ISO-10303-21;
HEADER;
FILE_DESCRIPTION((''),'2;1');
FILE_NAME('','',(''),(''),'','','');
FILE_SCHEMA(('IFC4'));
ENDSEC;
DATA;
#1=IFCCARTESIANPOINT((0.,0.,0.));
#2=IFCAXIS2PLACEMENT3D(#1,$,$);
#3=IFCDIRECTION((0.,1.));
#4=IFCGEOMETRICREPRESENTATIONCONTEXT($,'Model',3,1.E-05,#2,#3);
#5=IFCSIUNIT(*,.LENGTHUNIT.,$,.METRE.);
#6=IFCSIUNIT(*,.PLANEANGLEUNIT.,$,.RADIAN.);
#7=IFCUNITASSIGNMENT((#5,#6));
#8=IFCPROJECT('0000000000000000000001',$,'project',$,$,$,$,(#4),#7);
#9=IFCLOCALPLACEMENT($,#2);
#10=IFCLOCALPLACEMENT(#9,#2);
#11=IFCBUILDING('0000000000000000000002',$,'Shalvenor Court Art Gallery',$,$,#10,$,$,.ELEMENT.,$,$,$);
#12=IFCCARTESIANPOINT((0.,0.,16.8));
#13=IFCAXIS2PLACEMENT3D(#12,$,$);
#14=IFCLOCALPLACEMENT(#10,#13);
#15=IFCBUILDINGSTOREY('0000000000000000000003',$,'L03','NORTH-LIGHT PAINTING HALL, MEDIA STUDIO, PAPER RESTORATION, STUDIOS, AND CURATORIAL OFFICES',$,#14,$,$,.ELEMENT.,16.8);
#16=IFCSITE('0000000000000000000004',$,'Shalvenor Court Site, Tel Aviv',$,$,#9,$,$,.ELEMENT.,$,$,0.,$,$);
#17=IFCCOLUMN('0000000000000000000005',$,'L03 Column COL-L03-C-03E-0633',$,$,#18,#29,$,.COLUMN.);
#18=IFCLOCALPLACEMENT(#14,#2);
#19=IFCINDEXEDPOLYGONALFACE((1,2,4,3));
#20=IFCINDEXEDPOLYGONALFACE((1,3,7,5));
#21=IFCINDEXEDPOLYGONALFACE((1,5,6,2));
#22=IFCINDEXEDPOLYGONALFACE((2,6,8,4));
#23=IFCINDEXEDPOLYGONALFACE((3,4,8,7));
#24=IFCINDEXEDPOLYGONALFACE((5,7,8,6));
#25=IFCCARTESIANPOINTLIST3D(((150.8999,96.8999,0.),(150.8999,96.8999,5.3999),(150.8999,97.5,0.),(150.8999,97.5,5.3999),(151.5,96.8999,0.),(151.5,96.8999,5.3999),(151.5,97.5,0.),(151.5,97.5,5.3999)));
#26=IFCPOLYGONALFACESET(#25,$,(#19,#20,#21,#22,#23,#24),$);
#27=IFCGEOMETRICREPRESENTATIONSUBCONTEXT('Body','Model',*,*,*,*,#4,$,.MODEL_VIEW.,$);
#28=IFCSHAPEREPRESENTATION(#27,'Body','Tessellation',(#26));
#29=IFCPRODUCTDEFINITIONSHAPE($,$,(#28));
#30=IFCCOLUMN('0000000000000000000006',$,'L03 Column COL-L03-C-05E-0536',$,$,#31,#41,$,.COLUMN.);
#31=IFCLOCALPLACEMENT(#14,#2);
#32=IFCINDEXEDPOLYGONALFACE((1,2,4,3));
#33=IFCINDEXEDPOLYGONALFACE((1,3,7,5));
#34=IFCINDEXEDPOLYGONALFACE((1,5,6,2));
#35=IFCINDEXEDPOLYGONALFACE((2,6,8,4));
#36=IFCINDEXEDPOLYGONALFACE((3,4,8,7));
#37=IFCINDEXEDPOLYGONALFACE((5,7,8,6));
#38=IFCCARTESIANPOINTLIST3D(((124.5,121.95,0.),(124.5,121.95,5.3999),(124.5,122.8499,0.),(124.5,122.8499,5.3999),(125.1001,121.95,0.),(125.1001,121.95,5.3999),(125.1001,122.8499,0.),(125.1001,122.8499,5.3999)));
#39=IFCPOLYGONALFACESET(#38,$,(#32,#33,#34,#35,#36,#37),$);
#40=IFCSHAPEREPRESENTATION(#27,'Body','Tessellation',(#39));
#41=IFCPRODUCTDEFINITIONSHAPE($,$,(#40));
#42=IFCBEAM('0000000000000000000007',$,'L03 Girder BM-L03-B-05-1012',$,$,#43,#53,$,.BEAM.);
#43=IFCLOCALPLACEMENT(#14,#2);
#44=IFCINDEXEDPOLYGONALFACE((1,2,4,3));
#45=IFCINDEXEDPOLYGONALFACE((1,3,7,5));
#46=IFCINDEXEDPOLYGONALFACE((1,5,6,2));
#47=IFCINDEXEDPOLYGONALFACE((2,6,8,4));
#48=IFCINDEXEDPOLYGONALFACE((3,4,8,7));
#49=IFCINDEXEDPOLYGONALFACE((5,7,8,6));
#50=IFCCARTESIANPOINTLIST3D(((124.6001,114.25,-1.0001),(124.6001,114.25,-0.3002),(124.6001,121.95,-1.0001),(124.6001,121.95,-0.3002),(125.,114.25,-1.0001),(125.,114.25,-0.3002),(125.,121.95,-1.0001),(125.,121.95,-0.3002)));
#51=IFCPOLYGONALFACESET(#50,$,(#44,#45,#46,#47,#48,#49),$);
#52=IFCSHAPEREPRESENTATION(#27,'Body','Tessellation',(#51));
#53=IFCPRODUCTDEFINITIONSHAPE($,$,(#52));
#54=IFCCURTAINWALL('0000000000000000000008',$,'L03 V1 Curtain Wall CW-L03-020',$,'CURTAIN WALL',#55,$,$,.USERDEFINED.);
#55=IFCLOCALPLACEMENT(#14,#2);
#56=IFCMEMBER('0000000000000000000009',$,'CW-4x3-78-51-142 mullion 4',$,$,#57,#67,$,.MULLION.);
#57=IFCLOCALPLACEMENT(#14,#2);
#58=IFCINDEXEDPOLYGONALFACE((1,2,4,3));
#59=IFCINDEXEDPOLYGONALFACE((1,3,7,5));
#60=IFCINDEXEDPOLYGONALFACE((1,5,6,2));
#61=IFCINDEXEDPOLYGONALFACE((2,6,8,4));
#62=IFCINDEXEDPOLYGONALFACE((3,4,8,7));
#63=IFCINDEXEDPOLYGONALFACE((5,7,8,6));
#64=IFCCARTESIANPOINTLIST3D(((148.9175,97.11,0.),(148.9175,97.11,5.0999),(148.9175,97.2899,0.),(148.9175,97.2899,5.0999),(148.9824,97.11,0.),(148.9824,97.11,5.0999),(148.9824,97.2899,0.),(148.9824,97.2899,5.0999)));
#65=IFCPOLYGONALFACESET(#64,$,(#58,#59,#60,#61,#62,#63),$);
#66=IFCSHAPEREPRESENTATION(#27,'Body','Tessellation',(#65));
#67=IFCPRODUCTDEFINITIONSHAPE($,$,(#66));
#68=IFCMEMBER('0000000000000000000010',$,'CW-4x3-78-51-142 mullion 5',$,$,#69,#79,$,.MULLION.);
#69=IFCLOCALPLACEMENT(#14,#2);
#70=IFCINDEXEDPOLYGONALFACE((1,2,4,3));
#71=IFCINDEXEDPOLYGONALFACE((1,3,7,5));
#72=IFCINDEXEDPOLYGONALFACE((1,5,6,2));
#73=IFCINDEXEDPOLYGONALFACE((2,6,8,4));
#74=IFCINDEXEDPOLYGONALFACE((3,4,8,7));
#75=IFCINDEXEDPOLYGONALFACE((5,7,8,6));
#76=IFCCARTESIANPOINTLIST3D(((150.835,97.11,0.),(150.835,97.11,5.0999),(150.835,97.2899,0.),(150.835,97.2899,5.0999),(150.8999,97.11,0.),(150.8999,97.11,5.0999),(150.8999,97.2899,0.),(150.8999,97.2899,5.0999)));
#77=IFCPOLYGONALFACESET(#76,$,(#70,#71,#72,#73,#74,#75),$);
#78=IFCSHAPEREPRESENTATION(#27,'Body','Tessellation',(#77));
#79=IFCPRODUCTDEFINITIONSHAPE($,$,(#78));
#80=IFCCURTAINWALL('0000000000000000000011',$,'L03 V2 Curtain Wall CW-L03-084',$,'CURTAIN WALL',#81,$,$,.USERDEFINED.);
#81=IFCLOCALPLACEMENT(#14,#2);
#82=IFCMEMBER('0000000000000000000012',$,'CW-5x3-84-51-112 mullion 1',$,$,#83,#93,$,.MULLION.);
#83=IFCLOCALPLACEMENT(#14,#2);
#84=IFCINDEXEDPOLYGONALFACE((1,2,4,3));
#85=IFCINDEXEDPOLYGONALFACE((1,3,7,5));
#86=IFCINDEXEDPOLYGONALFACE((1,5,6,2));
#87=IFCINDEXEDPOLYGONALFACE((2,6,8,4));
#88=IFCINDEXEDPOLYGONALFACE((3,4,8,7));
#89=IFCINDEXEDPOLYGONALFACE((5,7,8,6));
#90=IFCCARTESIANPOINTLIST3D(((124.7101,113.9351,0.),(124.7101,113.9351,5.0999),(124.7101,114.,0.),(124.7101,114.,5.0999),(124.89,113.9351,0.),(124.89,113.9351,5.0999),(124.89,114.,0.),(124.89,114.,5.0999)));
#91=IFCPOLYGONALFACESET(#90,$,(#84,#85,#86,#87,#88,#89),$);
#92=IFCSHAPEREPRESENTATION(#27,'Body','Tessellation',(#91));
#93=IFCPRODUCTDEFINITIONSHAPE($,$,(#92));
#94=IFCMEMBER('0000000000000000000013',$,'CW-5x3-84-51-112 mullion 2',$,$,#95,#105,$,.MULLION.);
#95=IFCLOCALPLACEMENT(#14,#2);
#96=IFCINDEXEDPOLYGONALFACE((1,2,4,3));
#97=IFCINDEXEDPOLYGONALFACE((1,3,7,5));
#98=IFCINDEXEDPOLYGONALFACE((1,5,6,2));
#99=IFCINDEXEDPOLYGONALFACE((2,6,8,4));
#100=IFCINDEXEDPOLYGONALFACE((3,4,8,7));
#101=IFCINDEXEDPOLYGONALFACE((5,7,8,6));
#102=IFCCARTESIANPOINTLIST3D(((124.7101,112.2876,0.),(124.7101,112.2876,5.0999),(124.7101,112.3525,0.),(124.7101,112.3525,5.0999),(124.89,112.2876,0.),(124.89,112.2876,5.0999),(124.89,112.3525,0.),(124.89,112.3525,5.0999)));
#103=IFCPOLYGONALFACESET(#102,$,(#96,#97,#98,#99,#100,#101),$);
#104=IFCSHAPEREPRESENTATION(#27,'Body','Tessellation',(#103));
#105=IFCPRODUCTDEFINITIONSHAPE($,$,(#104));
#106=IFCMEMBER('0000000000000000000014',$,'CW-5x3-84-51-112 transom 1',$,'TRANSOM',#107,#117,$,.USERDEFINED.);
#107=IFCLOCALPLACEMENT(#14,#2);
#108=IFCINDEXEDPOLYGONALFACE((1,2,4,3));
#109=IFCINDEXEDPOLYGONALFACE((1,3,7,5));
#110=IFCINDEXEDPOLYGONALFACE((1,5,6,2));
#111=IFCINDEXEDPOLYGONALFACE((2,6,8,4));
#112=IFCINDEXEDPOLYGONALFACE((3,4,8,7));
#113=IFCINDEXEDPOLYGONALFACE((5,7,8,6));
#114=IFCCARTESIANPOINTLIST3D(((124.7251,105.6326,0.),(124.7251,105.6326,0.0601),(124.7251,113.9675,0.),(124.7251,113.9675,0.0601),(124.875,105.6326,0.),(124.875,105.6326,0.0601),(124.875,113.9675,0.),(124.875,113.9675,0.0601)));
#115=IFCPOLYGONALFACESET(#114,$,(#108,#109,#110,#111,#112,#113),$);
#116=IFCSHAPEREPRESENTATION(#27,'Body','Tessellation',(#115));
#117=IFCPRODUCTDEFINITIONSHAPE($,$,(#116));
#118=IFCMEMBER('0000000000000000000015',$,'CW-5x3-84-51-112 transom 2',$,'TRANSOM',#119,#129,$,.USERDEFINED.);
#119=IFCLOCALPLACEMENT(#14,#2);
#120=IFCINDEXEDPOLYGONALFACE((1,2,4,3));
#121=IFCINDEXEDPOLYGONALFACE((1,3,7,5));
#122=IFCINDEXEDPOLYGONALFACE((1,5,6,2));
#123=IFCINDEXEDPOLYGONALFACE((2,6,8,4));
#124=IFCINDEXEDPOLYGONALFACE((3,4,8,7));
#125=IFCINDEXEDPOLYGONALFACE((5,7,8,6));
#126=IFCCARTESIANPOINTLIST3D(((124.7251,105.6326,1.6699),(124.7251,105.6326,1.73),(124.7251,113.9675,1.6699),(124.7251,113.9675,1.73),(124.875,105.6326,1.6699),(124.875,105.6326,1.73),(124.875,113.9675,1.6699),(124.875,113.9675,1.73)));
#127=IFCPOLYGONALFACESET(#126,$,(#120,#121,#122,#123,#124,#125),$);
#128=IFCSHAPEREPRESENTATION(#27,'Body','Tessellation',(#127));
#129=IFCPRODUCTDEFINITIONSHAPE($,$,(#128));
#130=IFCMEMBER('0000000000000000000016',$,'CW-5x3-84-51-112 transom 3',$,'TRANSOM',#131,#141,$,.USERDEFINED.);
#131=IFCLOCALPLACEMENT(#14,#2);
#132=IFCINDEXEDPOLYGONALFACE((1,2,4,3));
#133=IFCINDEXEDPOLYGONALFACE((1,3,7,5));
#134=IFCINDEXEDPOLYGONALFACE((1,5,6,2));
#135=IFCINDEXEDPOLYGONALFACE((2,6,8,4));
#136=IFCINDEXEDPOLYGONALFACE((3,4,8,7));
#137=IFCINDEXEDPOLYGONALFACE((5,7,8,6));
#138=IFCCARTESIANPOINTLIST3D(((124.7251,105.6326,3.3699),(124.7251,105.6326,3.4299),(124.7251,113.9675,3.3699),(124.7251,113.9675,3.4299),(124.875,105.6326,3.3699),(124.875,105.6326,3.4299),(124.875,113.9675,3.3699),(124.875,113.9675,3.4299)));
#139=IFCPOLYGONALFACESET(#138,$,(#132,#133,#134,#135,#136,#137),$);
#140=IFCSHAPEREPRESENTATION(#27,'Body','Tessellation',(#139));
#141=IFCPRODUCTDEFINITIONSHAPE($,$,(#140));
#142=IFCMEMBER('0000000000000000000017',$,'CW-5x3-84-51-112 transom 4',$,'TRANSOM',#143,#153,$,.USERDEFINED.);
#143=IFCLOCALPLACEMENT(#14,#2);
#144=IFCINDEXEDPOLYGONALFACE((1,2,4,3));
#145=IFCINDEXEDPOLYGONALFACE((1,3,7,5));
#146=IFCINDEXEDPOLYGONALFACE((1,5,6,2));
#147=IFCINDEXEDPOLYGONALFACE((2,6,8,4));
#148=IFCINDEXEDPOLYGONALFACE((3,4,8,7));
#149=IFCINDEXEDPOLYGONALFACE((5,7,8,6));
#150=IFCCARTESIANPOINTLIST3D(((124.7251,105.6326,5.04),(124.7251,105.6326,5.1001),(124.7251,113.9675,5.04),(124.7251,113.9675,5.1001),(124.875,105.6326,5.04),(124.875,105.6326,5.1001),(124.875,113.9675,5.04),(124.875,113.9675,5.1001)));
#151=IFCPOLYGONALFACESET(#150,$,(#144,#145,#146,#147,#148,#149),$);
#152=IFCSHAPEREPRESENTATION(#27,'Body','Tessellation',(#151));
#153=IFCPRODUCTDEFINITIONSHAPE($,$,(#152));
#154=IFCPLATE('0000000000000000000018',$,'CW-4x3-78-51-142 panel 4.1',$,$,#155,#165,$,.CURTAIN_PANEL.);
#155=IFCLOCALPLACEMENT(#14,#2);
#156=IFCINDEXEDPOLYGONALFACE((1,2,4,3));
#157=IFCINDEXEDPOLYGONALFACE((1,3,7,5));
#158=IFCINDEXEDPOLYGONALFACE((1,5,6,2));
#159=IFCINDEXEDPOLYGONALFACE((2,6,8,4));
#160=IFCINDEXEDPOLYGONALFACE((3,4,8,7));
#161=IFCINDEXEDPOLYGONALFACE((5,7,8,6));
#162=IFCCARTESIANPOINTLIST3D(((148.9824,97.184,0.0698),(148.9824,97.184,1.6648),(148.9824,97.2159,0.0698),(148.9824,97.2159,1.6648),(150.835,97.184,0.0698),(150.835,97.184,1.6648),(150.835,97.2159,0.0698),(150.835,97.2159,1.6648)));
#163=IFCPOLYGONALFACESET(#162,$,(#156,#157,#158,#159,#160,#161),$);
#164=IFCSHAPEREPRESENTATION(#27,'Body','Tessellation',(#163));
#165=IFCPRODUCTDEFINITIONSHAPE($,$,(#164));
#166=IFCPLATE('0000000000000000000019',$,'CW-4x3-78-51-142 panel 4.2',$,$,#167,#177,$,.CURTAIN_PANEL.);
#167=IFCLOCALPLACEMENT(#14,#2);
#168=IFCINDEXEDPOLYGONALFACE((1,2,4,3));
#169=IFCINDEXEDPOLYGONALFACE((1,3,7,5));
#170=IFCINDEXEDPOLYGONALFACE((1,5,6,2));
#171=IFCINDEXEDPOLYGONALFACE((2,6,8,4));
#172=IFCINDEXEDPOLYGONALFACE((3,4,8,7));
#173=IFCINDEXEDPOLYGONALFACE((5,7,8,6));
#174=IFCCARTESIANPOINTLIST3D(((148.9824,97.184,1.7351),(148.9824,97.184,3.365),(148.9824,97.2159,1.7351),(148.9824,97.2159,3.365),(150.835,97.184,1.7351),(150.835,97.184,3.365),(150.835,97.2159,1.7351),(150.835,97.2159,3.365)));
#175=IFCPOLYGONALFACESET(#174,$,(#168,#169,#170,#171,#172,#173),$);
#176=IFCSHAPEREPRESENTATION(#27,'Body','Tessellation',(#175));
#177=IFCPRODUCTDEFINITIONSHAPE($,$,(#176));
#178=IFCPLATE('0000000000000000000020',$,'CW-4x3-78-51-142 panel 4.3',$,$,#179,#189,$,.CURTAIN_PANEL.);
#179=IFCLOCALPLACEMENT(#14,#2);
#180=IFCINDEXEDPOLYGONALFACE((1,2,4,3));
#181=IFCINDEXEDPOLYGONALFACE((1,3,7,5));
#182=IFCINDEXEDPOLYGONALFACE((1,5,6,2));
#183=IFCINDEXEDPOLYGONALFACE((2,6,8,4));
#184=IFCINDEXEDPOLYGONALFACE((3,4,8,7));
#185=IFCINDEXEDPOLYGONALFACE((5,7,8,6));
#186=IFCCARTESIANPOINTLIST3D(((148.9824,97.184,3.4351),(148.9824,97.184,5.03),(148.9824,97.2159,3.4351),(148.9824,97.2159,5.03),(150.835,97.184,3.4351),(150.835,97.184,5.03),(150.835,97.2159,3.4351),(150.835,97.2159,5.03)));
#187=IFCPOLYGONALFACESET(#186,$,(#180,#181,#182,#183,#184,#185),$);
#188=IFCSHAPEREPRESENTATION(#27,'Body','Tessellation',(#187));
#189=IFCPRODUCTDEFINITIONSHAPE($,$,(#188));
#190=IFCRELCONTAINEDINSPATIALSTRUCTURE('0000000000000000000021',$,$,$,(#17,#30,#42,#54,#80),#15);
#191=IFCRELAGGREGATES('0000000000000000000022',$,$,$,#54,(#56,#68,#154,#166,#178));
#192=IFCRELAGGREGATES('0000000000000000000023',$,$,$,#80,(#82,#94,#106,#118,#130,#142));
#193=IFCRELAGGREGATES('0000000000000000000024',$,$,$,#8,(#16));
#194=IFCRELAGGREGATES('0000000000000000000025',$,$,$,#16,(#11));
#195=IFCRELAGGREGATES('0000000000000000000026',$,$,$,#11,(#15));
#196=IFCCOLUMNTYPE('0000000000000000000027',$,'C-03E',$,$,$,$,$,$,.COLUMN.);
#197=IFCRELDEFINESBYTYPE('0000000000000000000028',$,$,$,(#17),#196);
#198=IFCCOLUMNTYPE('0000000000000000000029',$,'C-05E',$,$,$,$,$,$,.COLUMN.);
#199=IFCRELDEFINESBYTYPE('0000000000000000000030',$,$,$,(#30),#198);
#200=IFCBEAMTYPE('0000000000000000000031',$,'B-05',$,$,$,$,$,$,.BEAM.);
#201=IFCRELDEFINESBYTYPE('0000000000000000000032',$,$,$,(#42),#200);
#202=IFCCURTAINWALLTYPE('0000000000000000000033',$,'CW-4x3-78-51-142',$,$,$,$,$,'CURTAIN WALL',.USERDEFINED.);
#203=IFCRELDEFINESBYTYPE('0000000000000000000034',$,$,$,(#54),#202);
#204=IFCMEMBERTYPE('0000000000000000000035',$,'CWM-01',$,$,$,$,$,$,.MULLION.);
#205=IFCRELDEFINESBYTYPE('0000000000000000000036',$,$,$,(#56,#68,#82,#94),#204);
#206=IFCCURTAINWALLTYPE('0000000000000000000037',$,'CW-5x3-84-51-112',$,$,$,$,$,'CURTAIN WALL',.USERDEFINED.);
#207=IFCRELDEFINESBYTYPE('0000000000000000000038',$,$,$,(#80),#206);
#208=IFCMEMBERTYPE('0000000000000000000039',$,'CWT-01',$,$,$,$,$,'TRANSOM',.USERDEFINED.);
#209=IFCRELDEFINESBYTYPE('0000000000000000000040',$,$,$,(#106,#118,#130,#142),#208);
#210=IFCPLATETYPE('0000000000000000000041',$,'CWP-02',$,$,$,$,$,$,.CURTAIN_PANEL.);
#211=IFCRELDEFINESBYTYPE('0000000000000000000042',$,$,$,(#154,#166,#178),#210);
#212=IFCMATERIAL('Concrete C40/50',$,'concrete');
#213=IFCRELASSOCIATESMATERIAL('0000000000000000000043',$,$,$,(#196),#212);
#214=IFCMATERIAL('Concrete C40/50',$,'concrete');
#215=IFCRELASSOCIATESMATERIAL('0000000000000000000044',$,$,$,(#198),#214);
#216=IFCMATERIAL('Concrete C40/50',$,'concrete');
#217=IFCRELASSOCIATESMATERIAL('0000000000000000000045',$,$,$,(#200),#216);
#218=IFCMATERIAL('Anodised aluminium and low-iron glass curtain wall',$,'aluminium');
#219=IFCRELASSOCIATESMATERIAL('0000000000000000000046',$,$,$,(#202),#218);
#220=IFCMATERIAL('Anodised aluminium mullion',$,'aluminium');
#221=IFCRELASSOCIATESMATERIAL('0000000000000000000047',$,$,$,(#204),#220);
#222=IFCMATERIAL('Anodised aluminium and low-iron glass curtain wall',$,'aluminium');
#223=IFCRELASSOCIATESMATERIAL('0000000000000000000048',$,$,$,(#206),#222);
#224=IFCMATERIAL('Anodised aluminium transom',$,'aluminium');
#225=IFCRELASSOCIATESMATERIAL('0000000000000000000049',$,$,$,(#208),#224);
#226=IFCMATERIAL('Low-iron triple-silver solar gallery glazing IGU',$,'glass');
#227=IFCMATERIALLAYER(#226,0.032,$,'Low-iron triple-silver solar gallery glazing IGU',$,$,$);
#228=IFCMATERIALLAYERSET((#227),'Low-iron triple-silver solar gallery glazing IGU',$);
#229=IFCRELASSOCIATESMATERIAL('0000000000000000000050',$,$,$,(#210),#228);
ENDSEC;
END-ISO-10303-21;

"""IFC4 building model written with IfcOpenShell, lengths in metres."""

from ifc_helpers import new_model, si_unit, direction, frame, origin, origin_2d, place, context, subcontext, project, spatial, rectangle, extrude, material, layer, layer_set, material_profile, profile_set, type_object, element, aggregate, save


model = new_model("IFC4")

# Units and contexts
model_context = context("Model", 3, precision=1e-05, world=origin(), true_north=direction((0.0, 1.0)))
body_context = subcontext(model_context, "Body", "Model", "MODEL_VIEW")
ifc_project = project(units=[si_unit("LENGTHUNIT", "METRE"), si_unit("PLANEANGLEUNIT", "RADIAN")], contexts=[model_context])

# Site, building, storey
site_placement = place(None, origin())
site = spatial("IfcSite", under=ifc_project, at=site_placement, Name="Shalvenor Court Site, Tel Aviv", CompositionType="ELEMENT", RefElevation=0.0)
building_placement = place(site_placement, origin())
building = spatial("IfcBuilding", under=site, at=building_placement, Name="Shalvenor Court Art Gallery", CompositionType="ELEMENT")
storey_placement = place(building_placement, frame((0.0, 0.0, 16.8)))
storey = spatial("IfcBuildingStorey", under=building, at=storey_placement, Name="L03", Description="NORTH-LIGHT PAINTING HALL, MEDIA STUDIO, PAPER RESTORATION, STUDIOS, AND CURATORIAL OFFICES", CompositionType="ELEMENT", Elevation=16.8)

# Columns
ifc_material_1 = material(Name="Concrete C40/50", Category="concrete")
ifc_material_profile_1 = material_profile(ifc_material_1, rectangle(XDim=0.6001, YDim=0.6001, at=origin_2d()), Name="RC 600x600")
ifc_profile_set_1 = profile_set([ifc_material_profile_1], Name="Concrete C40/50")
column_type_1 = type_object("IfcColumnType", Name="C-03E", PredefinedType="COLUMN", material=ifc_profile_set_1)
column_1_placement = place(storey_placement, frame((151.2, 97.2, 0.0), z_axis=(0.0, 0.0, 1.0), x_axis=(1.0, 0.0, 0.0)))
element("IfcColumn", 1, at=column_1_placement, inside=storey, type_object=column_type_1, Name="L03 Column COL-L03-C-03E-0633", PredefinedType="COLUMN", context=body_context, shape_type="SweptSolid", body=[
    extrude(rectangle(XDim=0.6001, YDim=0.6001, at=origin_2d()), origin(), (0.0, 0.0, 1.0), 5.3999),
])
ifc_material_2 = material(Name="Concrete C40/50", Category="concrete")
ifc_material_profile_2 = material_profile(ifc_material_2, rectangle(XDim=0.6001, YDim=0.8999, at=origin_2d()), Name="RC 600x900")
ifc_profile_set_2 = profile_set([ifc_material_profile_2], Name="Concrete C40/50")
column_type_2 = type_object("IfcColumnType", Name="C-05E", PredefinedType="COLUMN", material=ifc_profile_set_2)
column_2_placement = place(storey_placement, frame((124.8, 122.3999, 0.0), z_axis=(0.0, 0.0, 1.0), x_axis=(1.0, 0.0, 0.0)))
element("IfcColumn", 2, at=column_2_placement, inside=storey, type_object=column_type_2, Name="L03 Column COL-L03-C-05E-0536", PredefinedType="COLUMN", context=body_context, shape_type="SweptSolid", body=[
    extrude(rectangle(XDim=0.6001, YDim=0.8999, at=origin_2d()), origin(), (0.0, 0.0, 1.0), 5.3999),
])

# Beam
ifc_material_3 = material(Name="Concrete C40/50", Category="concrete")
ifc_material_profile_3 = material_profile(ifc_material_3, rectangle(XDim=0.3999, YDim=0.7, at=origin_2d()), Name="RC 400x700")
ifc_profile_set_3 = profile_set([ifc_material_profile_3], Name="Concrete C40/50")
beam_type = type_object("IfcBeamType", Name="B-05", PredefinedType="BEAM", material=ifc_profile_set_3)
beam_placement = place(storey_placement, frame((124.8, 114.25, -0.6501), z_axis=(0.0, 1.0, 0.0), x_axis=(-1.0, 0.0, 0.0)))
element("IfcBeam", 3, at=beam_placement, inside=storey, type_object=beam_type, Name="L03 Girder BM-L03-B-05-1012", PredefinedType="BEAM", context=body_context, shape_type="SweptSolid", body=[
    extrude(rectangle(XDim=0.3999, YDim=0.7, at=origin_2d()), origin(), (0.0, 0.0, 1.0), 7.7),
])

# Curtain walls, members
ifc_material_4 = material(Name="Anodised aluminium and low-iron glass curtain wall", Category="aluminium")
curtain_wall_type_1 = type_object("IfcCurtainWallType", Name="CW-4x3-78-51-142", ElementType="CURTAIN WALL", PredefinedType="USERDEFINED", material=ifc_material_4)
curtain_wall_1_placement = place(storey_placement, origin())
curtain_wall_1 = element("IfcCurtainWall", 4, at=curtain_wall_1_placement, inside=storey, type_object=curtain_wall_type_1, Name="L03 V1 Curtain Wall CW-L03-020", ObjectType="CURTAIN WALL", PredefinedType="USERDEFINED")
ifc_material_5 = material(Name="Anodised aluminium mullion", Category="aluminium")
ifc_material_profile_4 = material_profile(ifc_material_5, rectangle(XDim=0.0649, YDim=0.1799, at=origin_2d()), Name="CWM-01")
ifc_profile_set_4 = profile_set([ifc_material_profile_4], Name="Anodised aluminium mullion")
member_type_1 = type_object("IfcMemberType", Name="CWM-01", PredefinedType="MULLION", material=ifc_profile_set_4)
member_1_placement = place(storey_placement, frame((148.95, 97.2, 0.0), z_axis=(0.0, 0.0, 1.0), x_axis=(1.0, 0.0, 0.0)))
member_1 = element("IfcMember", 5, at=member_1_placement, type_object=member_type_1, Name="CW-4x3-78-51-142 mullion 4", PredefinedType="MULLION", context=body_context, shape_type="SweptSolid", body=[
    extrude(rectangle(XDim=0.0649, YDim=0.1799, at=origin_2d()), origin(), (0.0, 0.0, 1.0), 5.0999),
])
member_2_placement = place(storey_placement, frame((150.8674, 97.2, 0.0), z_axis=(0.0, 0.0, 1.0), x_axis=(1.0, 0.0, 0.0)))
member_2 = element("IfcMember", 6, at=member_2_placement, type_object=member_type_1, Name="CW-4x3-78-51-142 mullion 5", PredefinedType="MULLION", context=body_context, shape_type="SweptSolid", body=[
    extrude(rectangle(XDim=0.0649, YDim=0.1799, at=origin_2d()), origin(), (0.0, 0.0, 1.0), 5.0999),
])
ifc_material_6 = material(Name="Anodised aluminium and low-iron glass curtain wall", Category="aluminium")
curtain_wall_type_2 = type_object("IfcCurtainWallType", Name="CW-5x3-84-51-112", ElementType="CURTAIN WALL", PredefinedType="USERDEFINED", material=ifc_material_6)
curtain_wall_2_placement = place(storey_placement, origin())
curtain_wall_2 = element("IfcCurtainWall", 7, at=curtain_wall_2_placement, inside=storey, type_object=curtain_wall_type_2, Name="L03 V2 Curtain Wall CW-L03-084", ObjectType="CURTAIN WALL", PredefinedType="USERDEFINED")
member_3_placement = place(storey_placement, frame((124.8, 113.9675, 0.0), z_axis=(0.0, 0.0, 1.0), x_axis=(0.0, -1.0, 0.0)))
member_3 = element("IfcMember", 8, at=member_3_placement, type_object=member_type_1, Name="CW-5x3-84-51-112 mullion 1", PredefinedType="MULLION", context=body_context, shape_type="SweptSolid", body=[
    extrude(rectangle(XDim=0.0649, YDim=0.1799, at=origin_2d()), origin(), (0.0, 0.0, 1.0), 5.0999),
])
member_4_placement = place(storey_placement, frame((124.8, 112.3201, 0.0), z_axis=(0.0, 0.0, 1.0), x_axis=(0.0, -1.0, 0.0)))
member_4 = element("IfcMember", 9, at=member_4_placement, type_object=member_type_1, Name="CW-5x3-84-51-112 mullion 2", PredefinedType="MULLION", context=body_context, shape_type="SweptSolid", body=[
    extrude(rectangle(XDim=0.0649, YDim=0.1799, at=origin_2d()), origin(), (0.0, 0.0, 1.0), 5.0999),
])
ifc_material_7 = material(Name="Anodised aluminium transom", Category="aluminium")
ifc_material_profile_5 = material_profile(ifc_material_7, rectangle(XDim=0.1499, YDim=0.0601, at=origin_2d()), Name="CWT-01")
ifc_profile_set_5 = profile_set([ifc_material_profile_5], Name="Anodised aluminium transom")
member_type_2 = type_object("IfcMemberType", Name="CWT-01", ElementType="TRANSOM", PredefinedType="USERDEFINED", material=ifc_profile_set_5)
member_5_placement = place(storey_placement, frame((124.8, 113.9675, 0.03), z_axis=(0.0, -1.0, 0.0), x_axis=(1.0, 0.0, 0.0)))
member_5 = element("IfcMember", 10, at=member_5_placement, type_object=member_type_2, Name="CW-5x3-84-51-112 transom 1", ObjectType="TRANSOM", PredefinedType="USERDEFINED", context=body_context, shape_type="SweptSolid", body=[
    extrude(rectangle(XDim=0.1499, YDim=0.0601, at=origin_2d()), origin(), (0.0, 0.0, 1.0), 8.335),
])
member_6_placement = place(storey_placement, frame((124.8, 113.9675, 1.7), z_axis=(0.0, -1.0, 0.0), x_axis=(1.0, 0.0, 0.0)))
member_6 = element("IfcMember", 11, at=member_6_placement, type_object=member_type_2, Name="CW-5x3-84-51-112 transom 2", ObjectType="TRANSOM", PredefinedType="USERDEFINED", context=body_context, shape_type="SweptSolid", body=[
    extrude(rectangle(XDim=0.1499, YDim=0.0601, at=origin_2d()), origin(), (0.0, 0.0, 1.0), 8.335),
])
member_7_placement = place(storey_placement, frame((124.8, 113.9675, 3.3999), z_axis=(0.0, -1.0, 0.0), x_axis=(1.0, 0.0, 0.0)))
member_7 = element("IfcMember", 12, at=member_7_placement, type_object=member_type_2, Name="CW-5x3-84-51-112 transom 3", ObjectType="TRANSOM", PredefinedType="USERDEFINED", context=body_context, shape_type="SweptSolid", body=[
    extrude(rectangle(XDim=0.1499, YDim=0.0601, at=origin_2d()), origin(), (0.0, 0.0, 1.0), 8.335),
])
member_8_placement = place(storey_placement, frame((124.8, 113.9675, 5.0701), z_axis=(0.0, -1.0, 0.0), x_axis=(1.0, 0.0, 0.0)))
member_8 = element("IfcMember", 13, at=member_8_placement, type_object=member_type_2, Name="CW-5x3-84-51-112 transom 4", ObjectType="TRANSOM", PredefinedType="USERDEFINED", context=body_context, shape_type="SweptSolid", body=[
    extrude(rectangle(XDim=0.1499, YDim=0.0601, at=origin_2d()), origin(), (0.0, 0.0, 1.0), 8.335),
])

# Plates
ifc_material_8 = material(Name="Low-iron triple-silver solar gallery glazing IGU", Category="glass")
ifc_layer_1 = layer(ifc_material_8, 0.032, Name="Low-iron triple-silver solar gallery glazing IGU")
ifc_layer_set_1 = layer_set([ifc_layer_1], Name="Low-iron triple-silver solar gallery glazing IGU")
plate_type_1 = type_object("IfcPlateType", Name="CWP-02", PredefinedType="CURTAIN_PANEL", material=ifc_layer_set_1)
plate_1_placement = place(storey_placement, frame((149.9087, 97.2, 0.0698), z_axis=(0.0, 0.0, 1.0), x_axis=(1.0, 0.0, 0.0)))
plate_1 = element("IfcPlate", 14, at=plate_1_placement, type_object=plate_type_1, Name="CW-4x3-78-51-142 panel 4.1", PredefinedType="CURTAIN_PANEL", context=body_context, shape_type="SweptSolid", body=[
    extrude(rectangle(XDim=1.8525, YDim=0.032, at=origin_2d()), origin(), (0.0, 0.0, 1.0), 1.595),
])
plate_2_placement = place(storey_placement, frame((149.9087, 97.2, 1.7351), z_axis=(0.0, 0.0, 1.0), x_axis=(1.0, 0.0, 0.0)))
plate_2 = element("IfcPlate", 15, at=plate_2_placement, type_object=plate_type_1, Name="CW-4x3-78-51-142 panel 4.2", PredefinedType="CURTAIN_PANEL", context=body_context, shape_type="SweptSolid", body=[
    extrude(rectangle(XDim=1.8525, YDim=0.032, at=origin_2d()), origin(), (0.0, 0.0, 1.0), 1.6299),
])
plate_3_placement = place(storey_placement, frame((149.9087, 97.2, 3.4351), z_axis=(0.0, 0.0, 1.0), x_axis=(1.0, 0.0, 0.0)))
plate_3 = element("IfcPlate", 16, at=plate_3_placement, type_object=plate_type_1, Name="CW-4x3-78-51-142 panel 4.3", PredefinedType="CURTAIN_PANEL", context=body_context, shape_type="SweptSolid", body=[
    extrude(rectangle(XDim=1.8525, YDim=0.032, at=origin_2d()), origin(), (0.0, 0.0, 1.0), 1.595),
])
aggregate(curtain_wall_1, [member_1, member_2, plate_1, plate_2, plate_3])
aggregate(curtain_wall_2, [member_3, member_4, member_5, member_6, member_7, member_8])

save(model, "model.ifc")
